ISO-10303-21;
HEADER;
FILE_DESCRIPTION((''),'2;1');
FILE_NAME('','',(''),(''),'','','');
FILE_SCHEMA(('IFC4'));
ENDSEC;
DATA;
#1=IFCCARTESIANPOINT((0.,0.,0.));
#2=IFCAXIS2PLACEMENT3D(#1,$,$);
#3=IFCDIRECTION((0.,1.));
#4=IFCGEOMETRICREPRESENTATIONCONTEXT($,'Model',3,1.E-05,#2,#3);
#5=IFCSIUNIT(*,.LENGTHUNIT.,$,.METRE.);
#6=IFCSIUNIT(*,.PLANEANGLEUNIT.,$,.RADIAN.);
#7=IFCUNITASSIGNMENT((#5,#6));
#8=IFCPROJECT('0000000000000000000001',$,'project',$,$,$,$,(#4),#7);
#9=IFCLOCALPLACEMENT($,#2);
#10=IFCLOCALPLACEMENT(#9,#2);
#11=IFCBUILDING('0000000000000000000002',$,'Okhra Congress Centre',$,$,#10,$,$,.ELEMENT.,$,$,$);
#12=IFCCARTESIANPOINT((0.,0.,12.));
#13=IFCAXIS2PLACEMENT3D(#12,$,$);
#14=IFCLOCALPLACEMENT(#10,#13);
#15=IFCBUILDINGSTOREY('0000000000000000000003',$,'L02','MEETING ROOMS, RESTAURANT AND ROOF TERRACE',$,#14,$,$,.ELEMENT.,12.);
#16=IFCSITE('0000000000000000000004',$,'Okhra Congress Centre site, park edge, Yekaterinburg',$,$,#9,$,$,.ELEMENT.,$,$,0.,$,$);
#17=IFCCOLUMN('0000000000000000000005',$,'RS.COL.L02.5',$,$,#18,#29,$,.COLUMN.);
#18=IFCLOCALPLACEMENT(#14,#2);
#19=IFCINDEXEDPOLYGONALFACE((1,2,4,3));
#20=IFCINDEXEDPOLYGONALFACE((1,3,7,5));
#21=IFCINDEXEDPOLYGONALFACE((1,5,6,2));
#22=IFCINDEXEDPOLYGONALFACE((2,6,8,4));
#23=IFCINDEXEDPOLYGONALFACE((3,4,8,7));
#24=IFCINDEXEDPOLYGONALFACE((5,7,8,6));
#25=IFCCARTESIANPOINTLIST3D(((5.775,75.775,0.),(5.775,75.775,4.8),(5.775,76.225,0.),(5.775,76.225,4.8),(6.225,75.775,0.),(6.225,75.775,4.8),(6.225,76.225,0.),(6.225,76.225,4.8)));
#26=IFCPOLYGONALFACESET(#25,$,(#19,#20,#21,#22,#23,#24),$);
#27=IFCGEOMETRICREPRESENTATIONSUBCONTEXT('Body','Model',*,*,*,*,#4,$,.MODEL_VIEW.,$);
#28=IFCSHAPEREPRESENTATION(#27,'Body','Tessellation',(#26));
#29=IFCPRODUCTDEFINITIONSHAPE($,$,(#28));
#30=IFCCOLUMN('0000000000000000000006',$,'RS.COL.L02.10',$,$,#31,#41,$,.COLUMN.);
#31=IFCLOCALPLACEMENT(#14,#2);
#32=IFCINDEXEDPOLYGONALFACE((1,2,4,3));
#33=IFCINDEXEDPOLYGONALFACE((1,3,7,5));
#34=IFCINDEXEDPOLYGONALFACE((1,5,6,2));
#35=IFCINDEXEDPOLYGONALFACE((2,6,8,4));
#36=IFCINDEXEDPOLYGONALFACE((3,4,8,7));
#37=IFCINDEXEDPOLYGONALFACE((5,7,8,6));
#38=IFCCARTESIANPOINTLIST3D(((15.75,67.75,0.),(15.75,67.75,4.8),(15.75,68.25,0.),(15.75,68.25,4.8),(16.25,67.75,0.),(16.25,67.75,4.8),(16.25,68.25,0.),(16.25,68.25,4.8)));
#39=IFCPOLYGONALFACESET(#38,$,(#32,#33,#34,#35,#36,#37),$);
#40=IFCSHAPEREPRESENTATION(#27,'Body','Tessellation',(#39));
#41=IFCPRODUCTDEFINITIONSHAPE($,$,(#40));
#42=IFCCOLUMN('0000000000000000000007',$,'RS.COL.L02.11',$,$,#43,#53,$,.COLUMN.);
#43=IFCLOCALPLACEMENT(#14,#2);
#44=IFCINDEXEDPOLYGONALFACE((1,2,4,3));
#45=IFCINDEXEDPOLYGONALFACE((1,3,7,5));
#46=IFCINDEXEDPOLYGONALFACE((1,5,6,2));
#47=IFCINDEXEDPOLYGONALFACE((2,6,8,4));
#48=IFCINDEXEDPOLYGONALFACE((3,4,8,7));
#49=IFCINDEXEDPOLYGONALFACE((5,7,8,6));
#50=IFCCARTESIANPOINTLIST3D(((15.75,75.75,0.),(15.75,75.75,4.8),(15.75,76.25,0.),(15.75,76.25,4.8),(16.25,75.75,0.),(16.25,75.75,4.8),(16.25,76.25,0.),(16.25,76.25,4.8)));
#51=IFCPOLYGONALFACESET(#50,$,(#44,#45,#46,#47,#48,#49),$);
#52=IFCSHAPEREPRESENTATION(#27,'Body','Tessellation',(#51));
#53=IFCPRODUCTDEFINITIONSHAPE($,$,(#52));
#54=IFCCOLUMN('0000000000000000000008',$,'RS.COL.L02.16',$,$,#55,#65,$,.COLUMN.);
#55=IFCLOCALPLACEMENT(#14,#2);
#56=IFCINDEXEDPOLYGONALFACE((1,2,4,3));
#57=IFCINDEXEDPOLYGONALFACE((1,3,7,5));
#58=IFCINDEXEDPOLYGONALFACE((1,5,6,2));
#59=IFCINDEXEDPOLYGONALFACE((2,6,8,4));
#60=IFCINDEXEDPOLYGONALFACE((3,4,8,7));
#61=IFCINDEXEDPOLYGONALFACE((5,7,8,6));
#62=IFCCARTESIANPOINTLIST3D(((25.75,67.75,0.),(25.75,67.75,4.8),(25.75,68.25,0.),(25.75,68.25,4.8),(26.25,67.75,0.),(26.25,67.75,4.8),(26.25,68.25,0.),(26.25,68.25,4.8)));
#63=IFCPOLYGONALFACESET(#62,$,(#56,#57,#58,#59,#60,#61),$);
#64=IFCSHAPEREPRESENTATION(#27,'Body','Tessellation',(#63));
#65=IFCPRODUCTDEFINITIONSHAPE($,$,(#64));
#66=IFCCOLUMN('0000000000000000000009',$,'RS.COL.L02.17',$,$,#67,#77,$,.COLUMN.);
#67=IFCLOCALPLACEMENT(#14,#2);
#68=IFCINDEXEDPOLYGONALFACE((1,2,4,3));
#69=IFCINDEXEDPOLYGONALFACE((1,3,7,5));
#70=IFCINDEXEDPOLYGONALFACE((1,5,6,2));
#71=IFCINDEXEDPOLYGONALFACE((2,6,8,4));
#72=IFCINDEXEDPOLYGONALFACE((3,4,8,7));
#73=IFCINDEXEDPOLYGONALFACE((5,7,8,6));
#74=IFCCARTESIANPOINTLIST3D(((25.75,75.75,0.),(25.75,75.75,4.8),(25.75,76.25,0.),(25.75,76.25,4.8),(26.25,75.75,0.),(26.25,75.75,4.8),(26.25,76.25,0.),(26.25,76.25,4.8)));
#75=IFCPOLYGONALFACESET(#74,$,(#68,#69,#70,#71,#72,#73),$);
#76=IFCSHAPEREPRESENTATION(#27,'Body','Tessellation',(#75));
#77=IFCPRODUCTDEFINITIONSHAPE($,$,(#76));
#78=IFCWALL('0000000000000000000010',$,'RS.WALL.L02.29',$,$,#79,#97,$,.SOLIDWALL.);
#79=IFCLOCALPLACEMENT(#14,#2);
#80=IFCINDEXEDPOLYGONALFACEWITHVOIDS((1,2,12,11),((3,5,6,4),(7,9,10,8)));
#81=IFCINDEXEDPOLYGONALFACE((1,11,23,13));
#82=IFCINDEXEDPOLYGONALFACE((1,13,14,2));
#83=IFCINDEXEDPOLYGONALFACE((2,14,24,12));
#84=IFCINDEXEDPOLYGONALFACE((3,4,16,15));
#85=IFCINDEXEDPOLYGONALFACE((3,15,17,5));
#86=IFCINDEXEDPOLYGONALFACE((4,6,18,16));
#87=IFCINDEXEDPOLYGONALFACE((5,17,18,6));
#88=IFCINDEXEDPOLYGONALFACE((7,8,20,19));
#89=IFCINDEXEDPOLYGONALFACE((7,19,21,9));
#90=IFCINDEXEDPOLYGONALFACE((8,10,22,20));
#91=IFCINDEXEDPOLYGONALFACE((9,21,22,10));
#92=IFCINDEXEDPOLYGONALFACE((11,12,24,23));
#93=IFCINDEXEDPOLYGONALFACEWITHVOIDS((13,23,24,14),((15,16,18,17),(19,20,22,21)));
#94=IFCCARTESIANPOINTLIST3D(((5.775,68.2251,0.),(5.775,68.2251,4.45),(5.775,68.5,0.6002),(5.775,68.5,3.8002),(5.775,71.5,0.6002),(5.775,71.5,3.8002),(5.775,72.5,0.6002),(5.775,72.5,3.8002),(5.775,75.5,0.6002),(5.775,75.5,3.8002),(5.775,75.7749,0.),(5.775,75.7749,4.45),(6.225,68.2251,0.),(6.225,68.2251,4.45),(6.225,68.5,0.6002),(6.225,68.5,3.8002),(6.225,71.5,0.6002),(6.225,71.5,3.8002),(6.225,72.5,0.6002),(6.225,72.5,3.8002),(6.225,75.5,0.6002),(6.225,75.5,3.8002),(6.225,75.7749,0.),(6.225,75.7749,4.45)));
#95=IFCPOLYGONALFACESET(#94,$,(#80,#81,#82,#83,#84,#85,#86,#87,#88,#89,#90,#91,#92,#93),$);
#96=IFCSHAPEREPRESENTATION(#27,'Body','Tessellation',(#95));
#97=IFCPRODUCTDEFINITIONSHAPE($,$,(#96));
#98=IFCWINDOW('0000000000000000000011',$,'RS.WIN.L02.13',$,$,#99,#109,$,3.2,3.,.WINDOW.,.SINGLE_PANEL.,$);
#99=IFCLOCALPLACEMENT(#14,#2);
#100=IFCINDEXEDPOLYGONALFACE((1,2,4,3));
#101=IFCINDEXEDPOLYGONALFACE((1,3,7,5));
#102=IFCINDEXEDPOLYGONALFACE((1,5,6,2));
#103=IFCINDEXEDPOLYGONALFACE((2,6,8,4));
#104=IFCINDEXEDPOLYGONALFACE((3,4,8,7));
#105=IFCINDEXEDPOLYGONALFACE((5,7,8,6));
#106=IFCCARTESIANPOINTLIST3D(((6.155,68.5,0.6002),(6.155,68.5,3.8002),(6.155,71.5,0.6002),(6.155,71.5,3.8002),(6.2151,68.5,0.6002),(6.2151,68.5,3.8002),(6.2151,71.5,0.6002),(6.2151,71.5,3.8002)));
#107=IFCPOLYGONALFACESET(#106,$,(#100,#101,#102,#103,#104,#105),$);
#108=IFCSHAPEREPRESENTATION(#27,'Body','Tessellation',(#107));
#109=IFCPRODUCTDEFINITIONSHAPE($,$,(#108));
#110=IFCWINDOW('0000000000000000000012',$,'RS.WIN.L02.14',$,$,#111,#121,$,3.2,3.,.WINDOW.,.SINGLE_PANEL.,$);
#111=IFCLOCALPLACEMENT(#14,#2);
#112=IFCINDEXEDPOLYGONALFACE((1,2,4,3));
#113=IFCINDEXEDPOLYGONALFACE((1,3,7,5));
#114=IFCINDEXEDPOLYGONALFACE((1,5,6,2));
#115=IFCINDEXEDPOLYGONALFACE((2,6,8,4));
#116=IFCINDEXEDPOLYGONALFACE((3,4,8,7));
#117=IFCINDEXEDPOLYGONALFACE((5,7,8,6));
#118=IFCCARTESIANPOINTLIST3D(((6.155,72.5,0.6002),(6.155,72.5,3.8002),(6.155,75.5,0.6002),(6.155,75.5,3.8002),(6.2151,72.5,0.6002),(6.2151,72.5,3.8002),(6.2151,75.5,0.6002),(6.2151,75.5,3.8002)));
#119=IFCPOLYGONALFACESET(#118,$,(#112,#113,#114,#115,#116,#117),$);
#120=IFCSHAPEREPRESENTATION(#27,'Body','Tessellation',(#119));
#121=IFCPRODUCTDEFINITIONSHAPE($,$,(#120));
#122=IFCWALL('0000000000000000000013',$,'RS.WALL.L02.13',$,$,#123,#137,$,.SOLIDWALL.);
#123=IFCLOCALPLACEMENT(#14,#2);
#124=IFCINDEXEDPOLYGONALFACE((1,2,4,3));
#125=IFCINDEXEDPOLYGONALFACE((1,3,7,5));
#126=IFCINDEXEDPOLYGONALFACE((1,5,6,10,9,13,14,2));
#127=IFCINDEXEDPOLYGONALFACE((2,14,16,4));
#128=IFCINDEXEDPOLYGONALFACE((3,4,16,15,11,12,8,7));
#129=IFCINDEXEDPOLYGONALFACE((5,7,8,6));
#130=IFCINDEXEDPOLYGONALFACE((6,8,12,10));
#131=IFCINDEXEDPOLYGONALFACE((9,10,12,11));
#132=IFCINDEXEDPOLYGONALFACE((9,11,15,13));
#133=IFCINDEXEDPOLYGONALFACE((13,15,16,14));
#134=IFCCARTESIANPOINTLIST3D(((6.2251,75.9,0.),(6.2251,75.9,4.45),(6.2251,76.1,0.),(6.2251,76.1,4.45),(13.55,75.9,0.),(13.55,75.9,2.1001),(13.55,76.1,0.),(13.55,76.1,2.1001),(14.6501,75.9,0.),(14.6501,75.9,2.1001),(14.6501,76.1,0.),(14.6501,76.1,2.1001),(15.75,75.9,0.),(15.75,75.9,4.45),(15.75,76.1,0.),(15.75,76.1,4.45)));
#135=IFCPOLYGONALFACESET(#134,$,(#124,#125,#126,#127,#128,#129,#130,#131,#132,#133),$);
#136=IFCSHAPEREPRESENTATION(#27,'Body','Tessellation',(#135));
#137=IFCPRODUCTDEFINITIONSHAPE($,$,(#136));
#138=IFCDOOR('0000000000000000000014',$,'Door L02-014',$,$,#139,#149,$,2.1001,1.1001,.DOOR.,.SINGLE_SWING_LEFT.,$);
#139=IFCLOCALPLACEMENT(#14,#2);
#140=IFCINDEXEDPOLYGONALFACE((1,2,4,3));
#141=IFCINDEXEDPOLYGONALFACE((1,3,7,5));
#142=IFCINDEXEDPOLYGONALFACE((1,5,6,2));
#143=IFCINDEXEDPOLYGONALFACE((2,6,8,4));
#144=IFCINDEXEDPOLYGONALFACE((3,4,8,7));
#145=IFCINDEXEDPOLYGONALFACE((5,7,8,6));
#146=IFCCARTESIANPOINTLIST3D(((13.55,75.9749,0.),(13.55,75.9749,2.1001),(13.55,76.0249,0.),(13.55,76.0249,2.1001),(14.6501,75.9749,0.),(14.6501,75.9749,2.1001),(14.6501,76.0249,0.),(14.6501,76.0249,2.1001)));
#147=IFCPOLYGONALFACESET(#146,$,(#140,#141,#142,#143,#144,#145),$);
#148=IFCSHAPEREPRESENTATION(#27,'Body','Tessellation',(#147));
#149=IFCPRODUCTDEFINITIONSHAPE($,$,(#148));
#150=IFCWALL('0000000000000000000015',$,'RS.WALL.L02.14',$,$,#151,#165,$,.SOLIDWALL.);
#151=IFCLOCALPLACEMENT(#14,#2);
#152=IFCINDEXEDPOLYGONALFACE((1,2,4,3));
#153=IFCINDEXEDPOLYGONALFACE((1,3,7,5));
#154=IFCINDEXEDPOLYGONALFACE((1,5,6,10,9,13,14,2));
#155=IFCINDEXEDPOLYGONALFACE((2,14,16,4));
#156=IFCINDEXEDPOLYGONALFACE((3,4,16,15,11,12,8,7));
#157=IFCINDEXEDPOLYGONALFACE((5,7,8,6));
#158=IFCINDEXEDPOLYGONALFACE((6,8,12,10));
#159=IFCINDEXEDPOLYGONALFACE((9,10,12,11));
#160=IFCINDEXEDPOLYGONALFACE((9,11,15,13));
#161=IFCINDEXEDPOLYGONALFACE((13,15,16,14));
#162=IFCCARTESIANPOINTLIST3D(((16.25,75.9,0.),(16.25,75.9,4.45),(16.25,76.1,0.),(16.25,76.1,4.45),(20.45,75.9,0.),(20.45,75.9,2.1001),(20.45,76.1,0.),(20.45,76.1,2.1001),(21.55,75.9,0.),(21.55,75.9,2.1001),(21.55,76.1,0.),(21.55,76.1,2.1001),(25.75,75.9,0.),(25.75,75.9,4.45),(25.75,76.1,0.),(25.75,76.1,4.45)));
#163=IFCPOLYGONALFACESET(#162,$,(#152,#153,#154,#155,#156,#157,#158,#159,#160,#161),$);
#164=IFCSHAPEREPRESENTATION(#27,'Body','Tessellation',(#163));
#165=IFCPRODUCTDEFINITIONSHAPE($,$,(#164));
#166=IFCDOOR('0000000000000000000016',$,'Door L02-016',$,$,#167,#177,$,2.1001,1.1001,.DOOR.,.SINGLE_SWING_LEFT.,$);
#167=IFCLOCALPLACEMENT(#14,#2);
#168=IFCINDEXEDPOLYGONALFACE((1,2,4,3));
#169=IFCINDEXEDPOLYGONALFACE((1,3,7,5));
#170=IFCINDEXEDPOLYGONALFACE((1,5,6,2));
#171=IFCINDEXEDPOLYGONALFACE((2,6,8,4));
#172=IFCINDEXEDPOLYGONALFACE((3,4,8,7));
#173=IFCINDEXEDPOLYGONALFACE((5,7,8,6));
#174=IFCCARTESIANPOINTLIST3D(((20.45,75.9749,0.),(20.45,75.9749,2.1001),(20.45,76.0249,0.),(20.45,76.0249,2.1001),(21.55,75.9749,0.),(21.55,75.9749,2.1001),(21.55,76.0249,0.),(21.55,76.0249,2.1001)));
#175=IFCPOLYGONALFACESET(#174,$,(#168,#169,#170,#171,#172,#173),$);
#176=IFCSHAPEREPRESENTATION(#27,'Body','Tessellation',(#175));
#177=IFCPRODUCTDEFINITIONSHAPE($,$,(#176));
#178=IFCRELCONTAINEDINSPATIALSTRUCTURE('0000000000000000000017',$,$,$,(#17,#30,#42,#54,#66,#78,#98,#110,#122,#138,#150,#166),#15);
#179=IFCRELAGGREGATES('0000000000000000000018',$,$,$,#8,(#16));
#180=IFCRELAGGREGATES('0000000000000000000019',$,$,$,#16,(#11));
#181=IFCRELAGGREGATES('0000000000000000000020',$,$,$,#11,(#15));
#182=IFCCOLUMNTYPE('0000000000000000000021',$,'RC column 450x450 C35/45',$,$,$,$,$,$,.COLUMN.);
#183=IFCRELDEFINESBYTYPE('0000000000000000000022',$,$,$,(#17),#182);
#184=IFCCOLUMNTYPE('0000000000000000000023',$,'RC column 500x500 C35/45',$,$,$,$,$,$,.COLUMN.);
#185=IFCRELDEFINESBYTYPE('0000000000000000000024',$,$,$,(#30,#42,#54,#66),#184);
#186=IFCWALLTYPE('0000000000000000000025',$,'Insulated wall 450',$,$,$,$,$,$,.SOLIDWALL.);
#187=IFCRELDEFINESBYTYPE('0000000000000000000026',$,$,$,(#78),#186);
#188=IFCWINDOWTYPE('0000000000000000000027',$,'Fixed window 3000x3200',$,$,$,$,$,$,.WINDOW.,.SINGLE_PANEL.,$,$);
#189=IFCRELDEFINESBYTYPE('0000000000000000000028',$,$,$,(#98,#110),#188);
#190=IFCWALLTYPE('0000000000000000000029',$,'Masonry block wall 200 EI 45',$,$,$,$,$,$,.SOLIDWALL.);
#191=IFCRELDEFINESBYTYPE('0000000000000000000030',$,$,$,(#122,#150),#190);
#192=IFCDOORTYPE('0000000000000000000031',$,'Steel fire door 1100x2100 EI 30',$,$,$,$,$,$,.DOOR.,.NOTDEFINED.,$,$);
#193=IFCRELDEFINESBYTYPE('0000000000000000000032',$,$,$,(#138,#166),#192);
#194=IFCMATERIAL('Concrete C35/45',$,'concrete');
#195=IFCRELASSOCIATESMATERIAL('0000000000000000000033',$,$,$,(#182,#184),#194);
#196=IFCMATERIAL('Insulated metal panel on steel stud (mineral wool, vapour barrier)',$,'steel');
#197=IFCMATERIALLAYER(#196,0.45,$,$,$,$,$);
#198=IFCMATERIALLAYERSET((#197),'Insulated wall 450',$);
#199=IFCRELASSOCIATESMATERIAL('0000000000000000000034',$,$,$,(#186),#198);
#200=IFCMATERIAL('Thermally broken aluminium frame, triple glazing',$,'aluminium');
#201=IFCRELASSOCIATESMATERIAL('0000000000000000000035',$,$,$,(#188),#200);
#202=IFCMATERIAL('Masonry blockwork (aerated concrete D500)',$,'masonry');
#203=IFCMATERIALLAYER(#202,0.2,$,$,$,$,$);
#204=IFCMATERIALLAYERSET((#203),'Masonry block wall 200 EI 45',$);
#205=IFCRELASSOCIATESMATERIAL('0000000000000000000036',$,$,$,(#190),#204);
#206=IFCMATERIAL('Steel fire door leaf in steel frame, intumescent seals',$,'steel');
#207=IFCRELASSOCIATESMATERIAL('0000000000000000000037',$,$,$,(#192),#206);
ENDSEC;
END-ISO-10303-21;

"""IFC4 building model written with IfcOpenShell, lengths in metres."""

from ifc_helpers import new_model, si_unit, direction, frame, frame_2d, origin, origin_2d, place, context, subcontext, project, spatial, rectangle, extrude, material, layer, layer_set, material_profile, profile_set, type_object, element, fill, save


model = new_model("IFC4")

# Units and contexts
model_context = context("Model", 3, precision=1e-05, world=origin(), true_north=direction((0.0, 1.0)))
body_context = subcontext(model_context, "Body", "Model", "MODEL_VIEW")
ifc_project = project(units=[si_unit("LENGTHUNIT", "METRE"), si_unit("PLANEANGLEUNIT", "RADIAN")], contexts=[model_context])

# Site, building, storey
site_placement = place(None, origin())
site = spatial("IfcSite", under=ifc_project, at=site_placement, Name="Okhra Congress Centre site, park edge, Yekaterinburg", CompositionType="ELEMENT", RefElevation=0.0)
building_placement = place(site_placement, origin())
building = spatial("IfcBuilding", under=site, at=building_placement, Name="Okhra Congress Centre", CompositionType="ELEMENT")
storey_placement = place(building_placement, frame((0.0, 0.0, 12.0)))
storey = spatial("IfcBuildingStorey", under=building, at=storey_placement, Name="L02", Description="MEETING ROOMS, RESTAURANT AND ROOF TERRACE", CompositionType="ELEMENT", Elevation=12.0)

# Columns
ifc_material_1 = material(Name="Concrete C35/45", Category="concrete")
ifc_material_profile_1 = material_profile(ifc_material_1, rectangle(XDim=0.45, YDim=0.45, at=origin_2d()), Name="RC 450x450")
ifc_profile_set_1 = profile_set([ifc_material_profile_1], Name="Concrete C35/45")
column_type_1 = type_object("IfcColumnType", Name="RC column 450x450 C35/45", PredefinedType="COLUMN", material=ifc_profile_set_1)
column_placement = place(storey_placement, frame((6.0, 76.0, 0.0), z_axis=(0.0, 0.0, 1.0), x_axis=(1.0, 0.0, 0.0)))
element("IfcColumn", 1, at=column_placement, inside=storey, type_object=column_type_1, Name="RS.COL.L02.5", PredefinedType="COLUMN", context=body_context, shape_type="SweptSolid", body=[
    extrude(rectangle(XDim=0.45, YDim=0.45, at=origin_2d()), origin(), (0.0, 0.0, 1.0), 4.8),
])
ifc_material_profile_2 = material_profile(ifc_material_1, rectangle(XDim=0.5, YDim=0.5, at=origin_2d()), Name="RC 500x500")
ifc_profile_set_2 = profile_set([ifc_material_profile_2], Name="Concrete C35/45")
column_type_2 = type_object("IfcColumnType", Name="RC column 500x500 C35/45", PredefinedType="COLUMN", material=ifc_profile_set_2)
for number, where, z_axis, x_axis, name in (
    (2, (16.0, 68.0, 0.0), (0.0, 0.0, 1.0), (1.0, 0.0, 0.0), "RS.COL.L02.10"),
    (3, (16.0, 76.0, 0.0), (0.0, 0.0, 1.0), (1.0, 0.0, 0.0), "RS.COL.L02.11"),
    (4, (26.0, 68.0, 0.0), (0.0, 0.0, 1.0), (1.0, 0.0, 0.0), "RS.COL.L02.16"),
    (5, (26.0, 76.0, 0.0), (0.0, 0.0, 1.0), (1.0, 0.0, 0.0), "RS.COL.L02.17"),
):
    element("IfcColumn", number, at=place(storey_placement, frame(where, z_axis=z_axis, x_axis=x_axis)), inside=storey, type_object=column_type_2, Name=name, PredefinedType="COLUMN", context=body_context, shape_type="SweptSolid", body=[
        extrude(rectangle(XDim=0.5, YDim=0.5, at=origin_2d()), origin(), (0.0, 0.0, 1.0), 4.8),
    ])

# Wall, openings, windows
ifc_material_2 = material(Name="Insulated metal panel on steel stud (mineral wool, vapour barrier)", Category="steel")
ifc_layer_1 = layer(ifc_material_2, 0.45)
ifc_layer_set_1 = layer_set([ifc_layer_1], Name="Insulated wall 450")
wall_type_1 = type_object("IfcWallType", Name="Insulated wall 450", PredefinedType="SOLIDWALL", material=ifc_layer_set_1)
wall_1_placement = place(storey_placement, frame((6.0, 75.7749, 0.0), z_axis=(0.0, 0.0, 1.0), x_axis=(0.0, -1.0, 0.0)))
wall_1 = element("IfcWall", 6, at=wall_1_placement, inside=storey, type_object=wall_type_1, Name="RS.WALL.L02.29", PredefinedType="SOLIDWALL", context=body_context, shape_type="SweptSolid", body=[
    extrude(rectangle(XDim=7.5498, YDim=0.45, at=frame_2d((3.7749, 0.0))), origin(), (0.0, 0.0, 1.0), 4.45),
])
opening_1_placement = place(wall_1_placement, frame((4.2749, 0.0, 0.6001)))
opening_1 = element("IfcOpeningElement", 7, at=opening_1_placement, cuts=wall_1, PredefinedType="OPENING", context=body_context, shape_type="SweptSolid", body=[
    extrude(rectangle(XDim=3.0, YDim=3.2, at=frame_2d((1.5, 1.6001))), frame((0.0, 0.2349, 0.0), z_axis=(0.0, -1.0, 0.0), x_axis=(1.0, 0.0, 0.0)), (0.0, 0.0, 1.0), 0.47),
])
opening_2_placement = place(wall_1_placement, frame((0.2749, 0.0, 0.6001)))
opening_2 = element("IfcOpeningElement", 8, at=opening_2_placement, cuts=wall_1, PredefinedType="OPENING", context=body_context, shape_type="SweptSolid", body=[
    extrude(rectangle(XDim=3.0, YDim=3.2, at=frame_2d((1.5, 1.6001))), frame((0.0, 0.2349, 0.0), z_axis=(0.0, -1.0, 0.0), x_axis=(1.0, 0.0, 0.0)), (0.0, 0.0, 1.0), 0.47),
])
ifc_material_3 = material(Name="Thermally broken aluminium frame, triple glazing", Category="aluminium")
window_type = type_object("IfcWindowType", Name="Fixed window 3000x3200", PartitioningType="SINGLE_PANEL", PredefinedType="WINDOW", material=ifc_material_3)
window_1_placement = place(opening_1_placement, origin())
window_1 = element("IfcWindow", 9, at=window_1_placement, inside=storey, type_object=window_type, Name="RS.WIN.L02.13", OverallHeight=3.2, OverallWidth=3.0, PartitioningType="SINGLE_PANEL", PredefinedType="WINDOW", context=body_context, shape_type="SweptSolid", body=[
    extrude(rectangle(XDim=3.0, YDim=3.2, at=frame_2d((1.5, 1.6001))), frame((0.0, 0.2151, 0.0), z_axis=(0.0, -1.0, 0.0), x_axis=(1.0, 0.0, 0.0)), (0.0, 0.0, 1.0), 0.0601),
])
fill(opening_1, window_1)
window_2_placement = place(opening_2_placement, origin())
window_2 = element("IfcWindow", 10, at=window_2_placement, inside=storey, type_object=window_type, Name="RS.WIN.L02.14", OverallHeight=3.2, OverallWidth=3.0, PartitioningType="SINGLE_PANEL", PredefinedType="WINDOW", context=body_context, shape_type="SweptSolid", body=[
    extrude(rectangle(XDim=3.0, YDim=3.2, at=frame_2d((1.5, 1.6001))), frame((0.0, 0.2151, 0.0), z_axis=(0.0, -1.0, 0.0), x_axis=(1.0, 0.0, 0.0)), (0.0, 0.0, 1.0), 0.0601),
])
fill(opening_2, window_2)

# Walls, openings, doors
ifc_material_4 = material(Name="Masonry blockwork (aerated concrete D500)", Category="masonry")
ifc_layer_2 = layer(ifc_material_4, 0.2)
ifc_layer_set_2 = layer_set([ifc_layer_2], Name="Masonry block wall 200 EI 45")
wall_type_2 = type_object("IfcWallType", Name="Masonry block wall 200 EI 45", PredefinedType="SOLIDWALL", material=ifc_layer_set_2)
wall_2_placement = place(storey_placement, frame((6.2251, 76.0, 0.0), z_axis=(0.0, 0.0, 1.0), x_axis=(1.0, 0.0, 0.0)))
wall_2 = element("IfcWall", 11, at=wall_2_placement, inside=storey, type_object=wall_type_2, Name="RS.WALL.L02.13", PredefinedType="SOLIDWALL", context=body_context, shape_type="SweptSolid", body=[
    extrude(rectangle(XDim=9.5249, YDim=0.2, at=frame_2d((4.7625, 0.0))), origin(), (0.0, 0.0, 1.0), 4.45),
])
opening_3_placement = place(wall_2_placement, frame((7.325, 0.0, 0.0)))
opening_3 = element("IfcOpeningElement", 12, at=opening_3_placement, cuts=wall_2, PredefinedType="OPENING", context=body_context, shape_type="SweptSolid", body=[
    extrude(rectangle(XDim=1.1001, YDim=2.1001, at=frame_2d((0.55, 1.05))), frame((0.0, 0.1099, 0.0), z_axis=(0.0, -1.0, 0.0), x_axis=(1.0, 0.0, 0.0)), (0.0, 0.0, 1.0), 0.22),
])
ifc_material_5 = material(Name="Steel fire door leaf in steel frame, intumescent seals", Category="steel")
door_type_1 = type_object("IfcDoorType", Name="Steel fire door 1100x2100 EI 30", OperationType="NOTDEFINED", PredefinedType="DOOR", material=ifc_material_5)
door_1_placement = place(opening_3_placement, origin())
door_1 = element("IfcDoor", 13, at=door_1_placement, inside=storey, type_object=door_type_1, Name="Door L02-014", OperationType="SINGLE_SWING_LEFT", OverallHeight=2.1001, OverallWidth=1.1001, PredefinedType="DOOR", context=body_context, shape_type="SweptSolid", body=[
    extrude(rectangle(XDim=1.1001, YDim=2.1001, at=frame_2d((0.55, 1.05))), frame((0.0, 0.0249, 0.0), z_axis=(0.0, -1.0, 0.0), x_axis=(1.0, 0.0, 0.0)), (0.0, 0.0, 1.0), 0.05),
])
fill(opening_3, door_1)
wall_3_placement = place(storey_placement, frame((16.25, 76.0, 0.0), z_axis=(0.0, 0.0, 1.0), x_axis=(1.0, 0.0, 0.0)))
wall_3 = element("IfcWall", 14, at=wall_3_placement, inside=storey, type_object=wall_type_2, Name="RS.WALL.L02.14", PredefinedType="SOLIDWALL", context=body_context, shape_type="SweptSolid", body=[
    extrude(rectangle(XDim=9.5, YDim=0.2, at=frame_2d((4.75, 0.0))), origin(), (0.0, 0.0, 1.0), 4.45),
])
opening_4_placement = place(wall_3_placement, frame((4.2, 0.0, 0.0)))
opening_4 = element("IfcOpeningElement", 15, at=opening_4_placement, cuts=wall_3, PredefinedType="OPENING", context=body_context, shape_type="SweptSolid", body=[
    extrude(rectangle(XDim=1.1001, YDim=2.1001, at=frame_2d((0.55, 1.05))), frame((0.0, 0.1099, 0.0), z_axis=(0.0, -1.0, 0.0), x_axis=(1.0, 0.0, 0.0)), (0.0, 0.0, 1.0), 0.22),
])
door_2_placement = place(opening_4_placement, origin())
door_2 = element("IfcDoor", 16, at=door_2_placement, inside=storey, type_object=door_type_1, Name="Door L02-016", OperationType="SINGLE_SWING_LEFT", OverallHeight=2.1001, OverallWidth=1.1001, PredefinedType="DOOR", context=body_context, shape_type="SweptSolid", body=[
    extrude(rectangle(XDim=1.1001, YDim=2.1001, at=frame_2d((0.55, 1.05))), frame((0.0, 0.0249, 0.0), z_axis=(0.0, -1.0, 0.0), x_axis=(1.0, 0.0, 0.0)), (0.0, 0.0, 1.0), 0.05),
])
fill(opening_4, door_2)

save(model, "model.ifc")
